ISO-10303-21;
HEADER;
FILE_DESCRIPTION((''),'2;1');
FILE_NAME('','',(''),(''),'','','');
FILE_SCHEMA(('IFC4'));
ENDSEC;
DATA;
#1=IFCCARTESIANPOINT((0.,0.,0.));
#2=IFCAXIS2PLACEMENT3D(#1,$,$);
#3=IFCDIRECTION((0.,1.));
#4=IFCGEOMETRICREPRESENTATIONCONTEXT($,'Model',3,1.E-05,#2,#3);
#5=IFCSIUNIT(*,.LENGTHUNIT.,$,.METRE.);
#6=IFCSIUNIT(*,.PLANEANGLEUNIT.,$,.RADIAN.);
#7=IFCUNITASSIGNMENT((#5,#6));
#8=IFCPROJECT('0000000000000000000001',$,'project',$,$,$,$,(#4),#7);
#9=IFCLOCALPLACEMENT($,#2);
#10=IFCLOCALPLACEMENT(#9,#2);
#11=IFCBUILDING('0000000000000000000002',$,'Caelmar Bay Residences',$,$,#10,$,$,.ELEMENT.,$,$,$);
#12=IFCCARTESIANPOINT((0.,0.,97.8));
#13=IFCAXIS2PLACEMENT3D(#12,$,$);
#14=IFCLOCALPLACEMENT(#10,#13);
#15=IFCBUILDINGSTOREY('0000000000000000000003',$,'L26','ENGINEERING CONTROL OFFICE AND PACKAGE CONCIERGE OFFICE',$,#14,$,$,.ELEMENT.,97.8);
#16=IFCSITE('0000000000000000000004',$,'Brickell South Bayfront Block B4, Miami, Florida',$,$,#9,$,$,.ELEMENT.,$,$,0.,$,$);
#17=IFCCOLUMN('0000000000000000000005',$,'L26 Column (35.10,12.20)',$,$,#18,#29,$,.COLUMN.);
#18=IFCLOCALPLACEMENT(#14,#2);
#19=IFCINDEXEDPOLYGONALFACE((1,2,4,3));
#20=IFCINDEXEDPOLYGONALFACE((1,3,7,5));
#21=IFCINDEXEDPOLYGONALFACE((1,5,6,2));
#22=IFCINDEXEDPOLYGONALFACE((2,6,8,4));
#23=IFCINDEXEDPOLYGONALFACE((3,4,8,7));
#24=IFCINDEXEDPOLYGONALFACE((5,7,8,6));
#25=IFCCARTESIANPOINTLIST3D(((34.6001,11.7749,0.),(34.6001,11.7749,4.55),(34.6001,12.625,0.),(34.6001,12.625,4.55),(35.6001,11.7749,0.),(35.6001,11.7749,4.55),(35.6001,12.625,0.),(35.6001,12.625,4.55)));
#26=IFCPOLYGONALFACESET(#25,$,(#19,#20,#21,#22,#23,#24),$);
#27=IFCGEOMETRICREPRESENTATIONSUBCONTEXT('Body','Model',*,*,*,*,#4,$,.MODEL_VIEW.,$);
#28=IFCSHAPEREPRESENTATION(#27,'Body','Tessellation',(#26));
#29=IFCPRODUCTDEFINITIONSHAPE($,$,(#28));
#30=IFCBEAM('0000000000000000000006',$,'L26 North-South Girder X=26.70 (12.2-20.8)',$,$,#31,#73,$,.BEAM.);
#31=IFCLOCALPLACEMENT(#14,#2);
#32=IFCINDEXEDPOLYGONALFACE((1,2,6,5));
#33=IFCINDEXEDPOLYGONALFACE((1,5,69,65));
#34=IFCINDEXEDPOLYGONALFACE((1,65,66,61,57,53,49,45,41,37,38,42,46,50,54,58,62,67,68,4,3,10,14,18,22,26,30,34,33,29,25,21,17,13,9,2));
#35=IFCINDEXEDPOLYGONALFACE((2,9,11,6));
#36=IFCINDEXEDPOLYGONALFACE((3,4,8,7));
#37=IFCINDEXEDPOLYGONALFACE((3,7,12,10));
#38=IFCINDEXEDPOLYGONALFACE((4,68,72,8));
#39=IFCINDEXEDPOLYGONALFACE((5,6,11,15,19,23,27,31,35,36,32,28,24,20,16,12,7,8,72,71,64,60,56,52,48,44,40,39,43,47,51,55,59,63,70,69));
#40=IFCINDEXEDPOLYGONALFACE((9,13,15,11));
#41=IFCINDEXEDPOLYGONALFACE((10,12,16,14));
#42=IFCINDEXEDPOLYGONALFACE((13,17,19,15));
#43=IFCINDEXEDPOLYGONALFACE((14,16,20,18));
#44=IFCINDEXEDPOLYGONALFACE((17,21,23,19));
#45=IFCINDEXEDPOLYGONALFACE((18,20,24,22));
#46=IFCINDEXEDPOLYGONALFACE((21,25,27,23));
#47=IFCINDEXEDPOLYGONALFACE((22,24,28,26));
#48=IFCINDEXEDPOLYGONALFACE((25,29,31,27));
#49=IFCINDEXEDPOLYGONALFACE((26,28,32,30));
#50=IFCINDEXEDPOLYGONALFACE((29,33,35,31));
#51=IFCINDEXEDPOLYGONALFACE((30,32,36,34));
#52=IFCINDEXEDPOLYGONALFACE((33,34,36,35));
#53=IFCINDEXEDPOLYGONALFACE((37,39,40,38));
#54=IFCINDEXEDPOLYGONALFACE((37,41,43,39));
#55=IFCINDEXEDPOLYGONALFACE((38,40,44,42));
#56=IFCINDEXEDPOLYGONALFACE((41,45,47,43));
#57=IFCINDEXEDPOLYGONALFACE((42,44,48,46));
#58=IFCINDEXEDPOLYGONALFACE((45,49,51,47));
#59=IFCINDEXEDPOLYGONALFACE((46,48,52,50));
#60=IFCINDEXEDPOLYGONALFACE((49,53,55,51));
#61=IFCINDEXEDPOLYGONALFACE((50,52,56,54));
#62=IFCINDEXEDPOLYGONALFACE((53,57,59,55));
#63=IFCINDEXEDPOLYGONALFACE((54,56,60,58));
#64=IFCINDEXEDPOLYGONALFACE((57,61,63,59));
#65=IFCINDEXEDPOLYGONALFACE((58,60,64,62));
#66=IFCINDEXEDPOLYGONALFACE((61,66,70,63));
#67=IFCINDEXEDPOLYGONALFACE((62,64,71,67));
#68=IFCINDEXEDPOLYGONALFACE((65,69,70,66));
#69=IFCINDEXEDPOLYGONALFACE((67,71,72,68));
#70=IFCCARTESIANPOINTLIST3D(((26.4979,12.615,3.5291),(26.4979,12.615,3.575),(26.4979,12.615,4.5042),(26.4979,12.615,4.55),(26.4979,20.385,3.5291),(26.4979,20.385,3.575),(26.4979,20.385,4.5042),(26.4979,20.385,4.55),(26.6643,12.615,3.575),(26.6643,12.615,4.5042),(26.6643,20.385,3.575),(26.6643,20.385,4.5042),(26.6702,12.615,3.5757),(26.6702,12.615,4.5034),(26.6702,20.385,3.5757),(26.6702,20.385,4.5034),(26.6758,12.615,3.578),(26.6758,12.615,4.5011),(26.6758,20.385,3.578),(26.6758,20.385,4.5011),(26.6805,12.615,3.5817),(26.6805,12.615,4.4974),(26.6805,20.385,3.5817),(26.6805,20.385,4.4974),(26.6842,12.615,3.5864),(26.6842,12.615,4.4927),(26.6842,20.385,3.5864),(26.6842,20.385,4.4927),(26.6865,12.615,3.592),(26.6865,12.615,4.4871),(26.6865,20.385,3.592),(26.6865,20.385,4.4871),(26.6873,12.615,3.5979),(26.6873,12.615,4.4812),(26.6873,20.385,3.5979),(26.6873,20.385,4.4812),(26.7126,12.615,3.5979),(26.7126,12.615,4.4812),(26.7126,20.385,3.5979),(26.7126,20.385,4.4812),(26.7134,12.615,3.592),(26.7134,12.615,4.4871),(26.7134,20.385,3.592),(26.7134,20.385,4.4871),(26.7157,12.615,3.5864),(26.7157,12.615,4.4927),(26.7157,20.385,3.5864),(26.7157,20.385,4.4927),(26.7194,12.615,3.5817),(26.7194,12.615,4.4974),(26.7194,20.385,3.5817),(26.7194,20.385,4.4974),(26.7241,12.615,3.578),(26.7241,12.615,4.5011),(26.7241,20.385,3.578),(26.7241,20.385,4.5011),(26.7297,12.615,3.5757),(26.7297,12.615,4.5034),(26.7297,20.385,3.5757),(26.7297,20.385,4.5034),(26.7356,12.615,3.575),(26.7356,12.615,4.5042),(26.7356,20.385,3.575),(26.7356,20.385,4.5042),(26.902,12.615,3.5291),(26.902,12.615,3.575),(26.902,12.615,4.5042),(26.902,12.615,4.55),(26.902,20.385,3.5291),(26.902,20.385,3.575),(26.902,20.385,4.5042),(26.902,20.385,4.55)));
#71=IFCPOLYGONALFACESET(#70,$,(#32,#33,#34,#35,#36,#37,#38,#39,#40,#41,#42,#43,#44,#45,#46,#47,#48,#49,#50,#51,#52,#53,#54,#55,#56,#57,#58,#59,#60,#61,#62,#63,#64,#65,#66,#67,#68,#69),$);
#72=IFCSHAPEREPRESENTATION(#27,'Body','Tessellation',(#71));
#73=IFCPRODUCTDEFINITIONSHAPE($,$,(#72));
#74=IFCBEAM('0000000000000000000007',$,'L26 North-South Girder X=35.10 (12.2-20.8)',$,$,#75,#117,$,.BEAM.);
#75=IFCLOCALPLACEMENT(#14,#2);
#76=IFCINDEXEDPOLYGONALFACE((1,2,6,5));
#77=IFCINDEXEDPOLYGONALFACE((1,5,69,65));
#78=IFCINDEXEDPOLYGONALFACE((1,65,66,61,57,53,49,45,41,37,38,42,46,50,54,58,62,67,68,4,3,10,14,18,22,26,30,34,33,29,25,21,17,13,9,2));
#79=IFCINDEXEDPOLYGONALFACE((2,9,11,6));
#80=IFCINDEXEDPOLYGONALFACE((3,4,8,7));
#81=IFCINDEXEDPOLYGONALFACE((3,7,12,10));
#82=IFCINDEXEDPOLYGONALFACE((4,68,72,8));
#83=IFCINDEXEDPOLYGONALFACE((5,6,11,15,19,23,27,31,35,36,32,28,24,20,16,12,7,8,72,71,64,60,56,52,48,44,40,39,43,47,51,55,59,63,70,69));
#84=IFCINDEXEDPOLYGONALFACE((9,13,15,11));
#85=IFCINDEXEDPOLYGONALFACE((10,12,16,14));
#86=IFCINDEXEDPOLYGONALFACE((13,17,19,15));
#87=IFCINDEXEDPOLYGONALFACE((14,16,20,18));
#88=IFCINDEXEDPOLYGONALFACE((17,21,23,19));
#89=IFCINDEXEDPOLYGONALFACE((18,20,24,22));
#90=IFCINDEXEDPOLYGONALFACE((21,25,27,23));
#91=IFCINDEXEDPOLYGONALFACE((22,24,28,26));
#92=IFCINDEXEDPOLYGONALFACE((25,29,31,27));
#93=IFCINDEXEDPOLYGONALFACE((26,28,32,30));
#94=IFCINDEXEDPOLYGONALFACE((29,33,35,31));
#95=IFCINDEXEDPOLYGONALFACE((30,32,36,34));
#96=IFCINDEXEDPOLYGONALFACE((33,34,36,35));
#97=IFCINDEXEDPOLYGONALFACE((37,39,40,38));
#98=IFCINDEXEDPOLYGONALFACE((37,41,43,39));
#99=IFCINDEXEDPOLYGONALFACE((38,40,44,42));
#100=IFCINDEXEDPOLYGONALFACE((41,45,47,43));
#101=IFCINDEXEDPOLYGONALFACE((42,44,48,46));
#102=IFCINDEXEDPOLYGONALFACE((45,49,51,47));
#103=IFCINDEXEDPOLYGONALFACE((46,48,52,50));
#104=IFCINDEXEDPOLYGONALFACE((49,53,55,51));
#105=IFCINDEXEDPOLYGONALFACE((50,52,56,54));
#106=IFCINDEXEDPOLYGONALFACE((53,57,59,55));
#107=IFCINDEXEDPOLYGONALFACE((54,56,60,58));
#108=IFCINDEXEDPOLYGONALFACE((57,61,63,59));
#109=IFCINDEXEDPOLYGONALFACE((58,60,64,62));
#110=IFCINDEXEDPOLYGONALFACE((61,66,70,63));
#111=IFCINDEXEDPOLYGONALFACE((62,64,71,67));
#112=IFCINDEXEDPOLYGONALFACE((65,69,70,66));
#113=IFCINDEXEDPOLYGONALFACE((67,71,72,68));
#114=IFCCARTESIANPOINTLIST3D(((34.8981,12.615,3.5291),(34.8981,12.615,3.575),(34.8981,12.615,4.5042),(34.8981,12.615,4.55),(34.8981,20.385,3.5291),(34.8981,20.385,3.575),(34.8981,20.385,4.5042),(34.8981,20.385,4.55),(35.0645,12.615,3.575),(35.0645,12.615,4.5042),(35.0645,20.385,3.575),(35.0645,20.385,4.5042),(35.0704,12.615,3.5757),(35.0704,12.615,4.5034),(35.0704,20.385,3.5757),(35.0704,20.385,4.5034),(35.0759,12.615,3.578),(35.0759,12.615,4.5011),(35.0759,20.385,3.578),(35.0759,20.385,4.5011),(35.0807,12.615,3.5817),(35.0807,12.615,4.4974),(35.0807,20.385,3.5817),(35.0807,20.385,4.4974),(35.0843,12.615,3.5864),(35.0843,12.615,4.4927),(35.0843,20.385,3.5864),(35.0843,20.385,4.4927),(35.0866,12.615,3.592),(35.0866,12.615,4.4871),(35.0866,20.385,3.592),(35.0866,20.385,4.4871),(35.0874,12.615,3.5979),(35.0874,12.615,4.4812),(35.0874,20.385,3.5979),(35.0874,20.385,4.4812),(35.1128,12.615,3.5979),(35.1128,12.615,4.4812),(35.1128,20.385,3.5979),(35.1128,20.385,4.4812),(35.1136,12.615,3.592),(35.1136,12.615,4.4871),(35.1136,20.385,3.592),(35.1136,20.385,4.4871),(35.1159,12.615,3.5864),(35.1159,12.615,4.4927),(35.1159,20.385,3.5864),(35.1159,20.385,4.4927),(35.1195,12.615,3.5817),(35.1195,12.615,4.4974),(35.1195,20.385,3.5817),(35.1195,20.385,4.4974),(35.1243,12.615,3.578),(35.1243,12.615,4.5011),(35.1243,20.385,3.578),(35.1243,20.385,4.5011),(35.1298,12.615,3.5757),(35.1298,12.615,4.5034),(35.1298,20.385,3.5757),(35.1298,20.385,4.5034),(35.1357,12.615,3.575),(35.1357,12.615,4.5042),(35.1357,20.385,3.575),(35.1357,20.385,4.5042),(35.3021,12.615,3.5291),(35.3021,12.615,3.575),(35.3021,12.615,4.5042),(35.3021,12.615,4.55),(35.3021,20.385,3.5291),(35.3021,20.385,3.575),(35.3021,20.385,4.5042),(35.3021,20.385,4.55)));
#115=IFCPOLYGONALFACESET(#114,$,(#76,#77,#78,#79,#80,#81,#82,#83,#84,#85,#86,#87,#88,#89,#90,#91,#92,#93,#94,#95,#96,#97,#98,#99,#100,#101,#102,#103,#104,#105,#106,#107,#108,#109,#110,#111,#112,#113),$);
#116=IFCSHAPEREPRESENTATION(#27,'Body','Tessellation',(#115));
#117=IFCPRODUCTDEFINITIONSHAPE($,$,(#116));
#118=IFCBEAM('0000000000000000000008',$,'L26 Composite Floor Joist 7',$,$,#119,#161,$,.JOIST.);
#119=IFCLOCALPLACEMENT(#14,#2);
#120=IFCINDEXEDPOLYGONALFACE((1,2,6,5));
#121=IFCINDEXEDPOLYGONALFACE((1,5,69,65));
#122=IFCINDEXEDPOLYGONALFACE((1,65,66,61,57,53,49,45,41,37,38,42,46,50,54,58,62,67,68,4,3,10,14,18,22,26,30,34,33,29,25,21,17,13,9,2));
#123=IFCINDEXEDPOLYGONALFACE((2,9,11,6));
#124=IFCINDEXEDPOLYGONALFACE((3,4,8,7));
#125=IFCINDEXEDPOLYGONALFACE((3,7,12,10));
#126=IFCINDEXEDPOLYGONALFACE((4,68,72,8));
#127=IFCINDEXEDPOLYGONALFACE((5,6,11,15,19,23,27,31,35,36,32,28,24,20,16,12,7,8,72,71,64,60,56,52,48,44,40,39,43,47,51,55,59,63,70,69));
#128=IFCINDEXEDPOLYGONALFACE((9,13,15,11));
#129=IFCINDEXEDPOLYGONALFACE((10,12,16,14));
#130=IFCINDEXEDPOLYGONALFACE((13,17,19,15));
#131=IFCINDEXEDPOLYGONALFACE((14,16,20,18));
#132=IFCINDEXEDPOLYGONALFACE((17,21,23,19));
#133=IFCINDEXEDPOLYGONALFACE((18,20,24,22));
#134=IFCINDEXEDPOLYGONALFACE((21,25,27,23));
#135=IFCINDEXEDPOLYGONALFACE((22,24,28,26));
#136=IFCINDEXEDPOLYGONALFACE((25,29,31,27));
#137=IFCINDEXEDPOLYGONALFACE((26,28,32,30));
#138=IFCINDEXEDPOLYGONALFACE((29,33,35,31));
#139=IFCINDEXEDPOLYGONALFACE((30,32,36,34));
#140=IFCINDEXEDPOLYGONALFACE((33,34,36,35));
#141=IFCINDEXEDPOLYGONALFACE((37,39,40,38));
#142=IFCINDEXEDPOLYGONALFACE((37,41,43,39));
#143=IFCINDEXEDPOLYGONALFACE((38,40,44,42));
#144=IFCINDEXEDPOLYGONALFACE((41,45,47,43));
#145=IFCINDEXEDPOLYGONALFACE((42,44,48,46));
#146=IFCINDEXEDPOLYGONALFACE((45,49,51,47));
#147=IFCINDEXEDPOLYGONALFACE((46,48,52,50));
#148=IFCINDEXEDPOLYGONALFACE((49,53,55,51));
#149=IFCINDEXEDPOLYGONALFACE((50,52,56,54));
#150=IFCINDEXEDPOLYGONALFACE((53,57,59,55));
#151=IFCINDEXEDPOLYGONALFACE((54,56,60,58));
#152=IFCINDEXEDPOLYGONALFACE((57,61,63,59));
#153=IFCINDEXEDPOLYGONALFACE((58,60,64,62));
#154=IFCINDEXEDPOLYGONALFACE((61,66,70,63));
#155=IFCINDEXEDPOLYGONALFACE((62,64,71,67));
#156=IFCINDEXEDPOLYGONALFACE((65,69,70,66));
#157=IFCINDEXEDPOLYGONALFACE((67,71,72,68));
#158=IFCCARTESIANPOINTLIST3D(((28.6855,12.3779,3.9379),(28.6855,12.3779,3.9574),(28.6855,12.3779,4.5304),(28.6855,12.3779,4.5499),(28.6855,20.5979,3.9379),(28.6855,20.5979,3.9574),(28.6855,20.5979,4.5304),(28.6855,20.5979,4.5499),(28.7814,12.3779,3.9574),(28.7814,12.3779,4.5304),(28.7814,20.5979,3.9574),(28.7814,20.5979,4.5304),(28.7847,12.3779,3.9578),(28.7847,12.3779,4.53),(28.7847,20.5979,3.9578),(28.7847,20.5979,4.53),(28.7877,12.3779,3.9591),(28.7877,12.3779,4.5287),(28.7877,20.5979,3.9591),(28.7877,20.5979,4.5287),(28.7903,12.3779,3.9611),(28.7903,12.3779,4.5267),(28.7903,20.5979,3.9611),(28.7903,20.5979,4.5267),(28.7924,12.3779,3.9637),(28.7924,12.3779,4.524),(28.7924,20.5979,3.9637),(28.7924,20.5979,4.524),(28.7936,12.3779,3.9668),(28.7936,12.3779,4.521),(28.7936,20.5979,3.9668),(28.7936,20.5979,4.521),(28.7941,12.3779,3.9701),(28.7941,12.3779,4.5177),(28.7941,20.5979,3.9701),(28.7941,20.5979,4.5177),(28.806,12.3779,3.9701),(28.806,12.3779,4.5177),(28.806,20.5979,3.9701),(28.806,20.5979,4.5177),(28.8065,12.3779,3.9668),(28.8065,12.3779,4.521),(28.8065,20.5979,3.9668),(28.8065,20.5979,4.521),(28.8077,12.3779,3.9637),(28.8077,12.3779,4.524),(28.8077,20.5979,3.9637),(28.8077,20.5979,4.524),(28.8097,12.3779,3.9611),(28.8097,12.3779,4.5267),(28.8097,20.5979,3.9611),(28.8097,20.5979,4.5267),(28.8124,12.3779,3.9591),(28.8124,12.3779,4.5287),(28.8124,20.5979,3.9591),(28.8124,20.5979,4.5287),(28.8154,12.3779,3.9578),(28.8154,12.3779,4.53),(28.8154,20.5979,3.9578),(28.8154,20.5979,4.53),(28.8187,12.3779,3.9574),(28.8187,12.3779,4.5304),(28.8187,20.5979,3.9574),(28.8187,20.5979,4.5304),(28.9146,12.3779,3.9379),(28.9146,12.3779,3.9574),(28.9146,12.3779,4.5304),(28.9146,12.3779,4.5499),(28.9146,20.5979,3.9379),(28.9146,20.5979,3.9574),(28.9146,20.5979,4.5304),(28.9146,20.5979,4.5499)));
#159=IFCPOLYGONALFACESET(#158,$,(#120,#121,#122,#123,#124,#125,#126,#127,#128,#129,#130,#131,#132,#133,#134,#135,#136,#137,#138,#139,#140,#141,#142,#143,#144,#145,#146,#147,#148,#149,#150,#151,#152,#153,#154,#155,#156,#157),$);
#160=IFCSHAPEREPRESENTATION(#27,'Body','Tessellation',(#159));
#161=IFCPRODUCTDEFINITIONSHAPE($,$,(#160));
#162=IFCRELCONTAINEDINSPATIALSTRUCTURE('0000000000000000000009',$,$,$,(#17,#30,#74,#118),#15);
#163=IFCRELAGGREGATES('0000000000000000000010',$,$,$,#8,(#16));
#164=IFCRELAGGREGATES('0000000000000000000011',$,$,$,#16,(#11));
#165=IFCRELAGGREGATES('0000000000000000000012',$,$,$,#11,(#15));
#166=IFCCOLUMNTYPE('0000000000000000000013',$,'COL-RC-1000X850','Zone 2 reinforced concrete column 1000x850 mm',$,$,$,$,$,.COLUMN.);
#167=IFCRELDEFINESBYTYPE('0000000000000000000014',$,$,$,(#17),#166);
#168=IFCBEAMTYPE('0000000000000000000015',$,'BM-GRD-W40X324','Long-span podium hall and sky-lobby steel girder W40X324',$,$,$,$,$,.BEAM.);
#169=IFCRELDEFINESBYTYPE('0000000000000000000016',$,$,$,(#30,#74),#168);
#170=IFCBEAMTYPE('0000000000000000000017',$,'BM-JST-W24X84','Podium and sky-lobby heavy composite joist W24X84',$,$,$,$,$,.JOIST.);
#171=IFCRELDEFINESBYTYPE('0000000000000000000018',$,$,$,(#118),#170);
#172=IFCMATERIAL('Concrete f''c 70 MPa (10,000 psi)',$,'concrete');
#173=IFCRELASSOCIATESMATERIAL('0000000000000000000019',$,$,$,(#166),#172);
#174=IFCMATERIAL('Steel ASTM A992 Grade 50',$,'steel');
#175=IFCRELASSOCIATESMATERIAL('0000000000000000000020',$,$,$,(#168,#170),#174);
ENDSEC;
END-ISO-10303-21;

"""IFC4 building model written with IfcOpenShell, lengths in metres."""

from ifc_helpers import new_model, si_unit, direction, frame, origin, origin_2d, place, context, subcontext, project, spatial, rectangle, i_section, extrude, material, material_profile, profile_set, type_object, element, save


model = new_model("IFC4")

# Units and contexts
model_context = context("Model", 3, precision=1e-05, world=origin(), true_north=direction((0.0, 1.0)))
body_context = subcontext(model_context, "Body", "Model", "MODEL_VIEW")
ifc_project = project(units=[si_unit("LENGTHUNIT", "METRE"), si_unit("PLANEANGLEUNIT", "RADIAN")], contexts=[model_context])

# Site, building, storey
site_placement = place(None, origin())
site = spatial("IfcSite", under=ifc_project, at=site_placement, Name="Brickell South Bayfront Block B4, Miami, Florida", CompositionType="ELEMENT", RefElevation=0.0)
building_placement = place(site_placement, origin())
building = spatial("IfcBuilding", under=site, at=building_placement, Name="Caelmar Bay Residences", CompositionType="ELEMENT")
storey_placement = place(building_placement, frame((0.0, 0.0, 97.8)))
storey = spatial("IfcBuildingStorey", under=building, at=storey_placement, Name="L26", Description="ENGINEERING CONTROL OFFICE AND PACKAGE CONCIERGE OFFICE", CompositionType="ELEMENT", Elevation=97.8)

# Column
ifc_material_1 = material(Name="Concrete f'c 70 MPa (10,000 psi)", Category="concrete")
ifc_material_profile_1 = material_profile(ifc_material_1, rectangle(XDim=1.0, YDim=0.8501, at=origin_2d()), Name="RC-COL-1000X850")
ifc_profile_set_1 = profile_set([ifc_material_profile_1], Name="Concrete f'c 70 MPa (10,000 psi)")
column_type = type_object("IfcColumnType", Name="COL-RC-1000X850", Description="Zone 2 reinforced concrete column 1000x850 mm", PredefinedType="COLUMN", material=ifc_profile_set_1)
column_placement = place(storey_placement, frame((35.1001, 12.2, 0.0), z_axis=(0.0, 0.0, 1.0), x_axis=(1.0, 0.0, 0.0)))
element("IfcColumn", 1, at=column_placement, inside=storey, type_object=column_type, Name="L26 Column (35.10,12.20)", PredefinedType="COLUMN", context=body_context, shape_type="SweptSolid", body=[
    extrude(rectangle(XDim=1.0, YDim=0.8501, at=origin_2d()), origin(), (0.0, 0.0, 1.0), 4.55),
])

# Beams
ifc_material_2 = material(Name="Steel ASTM A992 Grade 50", Category="steel")
ifc_material_profile_2 = material_profile(ifc_material_2, i_section(OverallWidth=0.4041, OverallDepth=1.021, WebThickness=0.0254, FlangeThickness=0.0459, FilletRadius=0.0229, at=origin_2d()), Name="W40X324")
ifc_profile_set_2 = profile_set([ifc_material_profile_2], Name="Steel ASTM A992 Grade 50")
beam_type_1 = type_object("IfcBeamType", Name="BM-GRD-W40X324", Description="Long-span podium hall and sky-lobby steel girder W40X324", PredefinedType="BEAM", material=ifc_profile_set_2)
for number, where, z_axis, x_axis, name in (
    (2, (26.7, 12.615, 4.0396), (0.0, 1.0, 0.0), (-1.0, 0.0, 0.0), "L26 North-South Girder X=26.70 (12.2-20.8)"),
    (3, (35.1001, 12.615, 4.0396), (0.0, 1.0, 0.0), (-1.0, 0.0, 0.0), "L26 North-South Girder X=35.10 (12.2-20.8)"),
):
    element("IfcBeam", number, at=place(storey_placement, frame(where, z_axis=z_axis, x_axis=x_axis)), inside=storey, type_object=beam_type_1, Name=name, PredefinedType="BEAM", context=body_context, shape_type="SweptSolid", body=[
        extrude(i_section(OverallWidth=0.4041, OverallDepth=1.021, WebThickness=0.0254, FlangeThickness=0.0459, FilletRadius=0.0229, at=origin_2d()), origin(), (0.0, 0.0, 1.0), 7.77),
    ])
ifc_material_profile_3 = material_profile(ifc_material_2, i_section(OverallWidth=0.229, OverallDepth=0.6121, WebThickness=0.012, FlangeThickness=0.0195, FilletRadius=0.0127, at=origin_2d()), Name="W24X84")
ifc_profile_set_3 = profile_set([ifc_material_profile_3], Name="Steel ASTM A992 Grade 50")
beam_type_2 = type_object("IfcBeamType", Name="BM-JST-W24X84", Description="Podium and sky-lobby heavy composite joist W24X84", PredefinedType="JOIST", material=ifc_profile_set_3)
for number, where, z_axis, x_axis, name in (
    (4, (28.8, 12.3779, 4.2439), (0.0, 1.0, 0.0), (-1.0, 0.0, 0.0), "L26 Composite Floor Joist 7"),
):
    element("IfcBeam", number, at=place(storey_placement, frame(where, z_axis=z_axis, x_axis=x_axis)), inside=storey, type_object=beam_type_2, Name=name, PredefinedType="JOIST", context=body_context, shape_type="SweptSolid", body=[
        extrude(i_section(OverallWidth=0.229, OverallDepth=0.6121, WebThickness=0.012, FlangeThickness=0.0195, FilletRadius=0.0127, at=origin_2d()), origin(), (0.0, 0.0, 1.0), 8.22),
    ])

save(model, "model.ifc")
